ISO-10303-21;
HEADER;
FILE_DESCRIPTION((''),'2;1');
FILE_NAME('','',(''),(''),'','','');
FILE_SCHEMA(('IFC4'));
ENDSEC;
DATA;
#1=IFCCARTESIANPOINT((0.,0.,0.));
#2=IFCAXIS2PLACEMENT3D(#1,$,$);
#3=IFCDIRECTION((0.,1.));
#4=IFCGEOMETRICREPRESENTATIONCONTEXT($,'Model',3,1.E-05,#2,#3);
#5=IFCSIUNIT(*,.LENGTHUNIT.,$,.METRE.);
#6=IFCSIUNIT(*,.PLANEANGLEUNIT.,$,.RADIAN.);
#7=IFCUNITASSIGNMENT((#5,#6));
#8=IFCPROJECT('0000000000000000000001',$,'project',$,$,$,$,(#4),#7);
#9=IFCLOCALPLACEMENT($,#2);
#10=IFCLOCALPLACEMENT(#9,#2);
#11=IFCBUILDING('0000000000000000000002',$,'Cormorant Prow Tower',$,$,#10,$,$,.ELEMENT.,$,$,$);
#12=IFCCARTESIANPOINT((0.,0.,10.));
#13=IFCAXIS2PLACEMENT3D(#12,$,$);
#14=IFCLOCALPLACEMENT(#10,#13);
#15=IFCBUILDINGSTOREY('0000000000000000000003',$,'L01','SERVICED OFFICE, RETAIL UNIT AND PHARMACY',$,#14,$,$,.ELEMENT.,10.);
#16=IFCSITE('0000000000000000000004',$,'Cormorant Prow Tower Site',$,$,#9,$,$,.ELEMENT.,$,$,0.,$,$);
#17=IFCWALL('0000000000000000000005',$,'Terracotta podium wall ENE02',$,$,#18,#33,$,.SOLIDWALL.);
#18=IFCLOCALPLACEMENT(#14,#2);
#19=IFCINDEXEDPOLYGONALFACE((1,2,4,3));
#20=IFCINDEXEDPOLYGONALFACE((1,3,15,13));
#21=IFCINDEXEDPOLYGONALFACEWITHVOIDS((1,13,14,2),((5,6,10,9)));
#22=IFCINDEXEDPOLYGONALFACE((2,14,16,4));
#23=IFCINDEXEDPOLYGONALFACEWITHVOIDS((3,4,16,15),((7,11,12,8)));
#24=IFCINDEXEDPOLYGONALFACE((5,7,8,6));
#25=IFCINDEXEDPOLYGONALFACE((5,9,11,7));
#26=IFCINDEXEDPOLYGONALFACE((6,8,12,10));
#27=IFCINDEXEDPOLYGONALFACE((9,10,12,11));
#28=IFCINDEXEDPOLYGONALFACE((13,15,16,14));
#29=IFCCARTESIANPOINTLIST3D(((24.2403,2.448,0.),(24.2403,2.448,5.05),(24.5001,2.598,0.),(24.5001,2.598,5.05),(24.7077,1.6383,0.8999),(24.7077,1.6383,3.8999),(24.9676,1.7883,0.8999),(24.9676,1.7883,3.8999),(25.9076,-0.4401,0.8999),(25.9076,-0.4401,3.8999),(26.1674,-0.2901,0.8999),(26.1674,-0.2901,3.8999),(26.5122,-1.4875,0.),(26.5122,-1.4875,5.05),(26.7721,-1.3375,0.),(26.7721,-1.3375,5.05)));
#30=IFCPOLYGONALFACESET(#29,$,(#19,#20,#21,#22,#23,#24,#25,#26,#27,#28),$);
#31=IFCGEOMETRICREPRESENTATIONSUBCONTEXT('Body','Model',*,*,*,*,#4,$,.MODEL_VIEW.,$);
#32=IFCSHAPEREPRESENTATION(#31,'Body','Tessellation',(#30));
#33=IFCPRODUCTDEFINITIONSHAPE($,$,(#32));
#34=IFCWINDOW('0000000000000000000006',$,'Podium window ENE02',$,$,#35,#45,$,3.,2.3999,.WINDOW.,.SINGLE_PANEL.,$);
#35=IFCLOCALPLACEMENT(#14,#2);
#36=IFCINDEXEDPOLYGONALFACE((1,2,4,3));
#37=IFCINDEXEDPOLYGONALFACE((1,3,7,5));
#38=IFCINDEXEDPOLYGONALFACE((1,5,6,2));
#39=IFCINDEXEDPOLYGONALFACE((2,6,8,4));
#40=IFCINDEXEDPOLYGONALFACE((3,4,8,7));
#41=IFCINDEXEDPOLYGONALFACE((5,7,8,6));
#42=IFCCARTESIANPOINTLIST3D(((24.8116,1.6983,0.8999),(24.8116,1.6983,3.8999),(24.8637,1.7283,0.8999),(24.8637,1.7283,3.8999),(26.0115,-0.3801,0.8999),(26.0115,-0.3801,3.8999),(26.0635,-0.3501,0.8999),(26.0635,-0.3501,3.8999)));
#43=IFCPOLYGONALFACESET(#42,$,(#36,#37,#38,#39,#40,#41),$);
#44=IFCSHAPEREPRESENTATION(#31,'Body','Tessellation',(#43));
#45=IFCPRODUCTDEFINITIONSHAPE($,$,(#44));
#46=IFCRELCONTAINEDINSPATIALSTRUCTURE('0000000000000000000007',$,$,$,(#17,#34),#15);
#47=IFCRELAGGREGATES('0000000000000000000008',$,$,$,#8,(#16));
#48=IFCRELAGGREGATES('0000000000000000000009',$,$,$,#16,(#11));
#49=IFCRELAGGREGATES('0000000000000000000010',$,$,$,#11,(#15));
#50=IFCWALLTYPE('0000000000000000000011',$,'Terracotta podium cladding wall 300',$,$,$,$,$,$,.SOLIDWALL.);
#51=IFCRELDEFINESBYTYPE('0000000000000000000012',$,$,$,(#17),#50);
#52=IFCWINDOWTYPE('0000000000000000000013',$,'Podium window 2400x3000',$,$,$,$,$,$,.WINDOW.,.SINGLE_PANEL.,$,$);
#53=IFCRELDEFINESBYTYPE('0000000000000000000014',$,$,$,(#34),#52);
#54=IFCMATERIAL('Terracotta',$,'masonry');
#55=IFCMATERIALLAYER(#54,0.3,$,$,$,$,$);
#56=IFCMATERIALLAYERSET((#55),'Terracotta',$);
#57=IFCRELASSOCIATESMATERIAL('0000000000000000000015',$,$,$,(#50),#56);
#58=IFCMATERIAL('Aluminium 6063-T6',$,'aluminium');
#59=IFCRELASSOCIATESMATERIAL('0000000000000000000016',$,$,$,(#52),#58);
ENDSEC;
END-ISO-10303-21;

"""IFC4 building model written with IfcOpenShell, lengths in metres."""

from ifc_helpers import new_model, si_unit, direction, frame, frame_2d, origin, place, context, subcontext, project, spatial, rectangle, extrude, material, layer, layer_set, type_object, element, fill, save


model = new_model("IFC4")

# Units and contexts
model_context = context("Model", 3, precision=1e-05, world=origin(), true_north=direction((0.0, 1.0)))
body_context = subcontext(model_context, "Body", "Model", "MODEL_VIEW")
ifc_project = project(units=[si_unit("LENGTHUNIT", "METRE"), si_unit("PLANEANGLEUNIT", "RADIAN")], contexts=[model_context])

# Site, building, storey
site_placement = place(None, origin())
site = spatial("IfcSite", under=ifc_project, at=site_placement, Name="Cormorant Prow Tower Site", CompositionType="ELEMENT", RefElevation=0.0)
building_placement = place(site_placement, origin())
building = spatial("IfcBuilding", under=site, at=building_placement, Name="Cormorant Prow Tower", CompositionType="ELEMENT")
storey_placement = place(building_placement, frame((0.0, 0.0, 10.0)))
storey = spatial("IfcBuildingStorey", under=building, at=storey_placement, Name="L01", Description="SERVICED OFFICE, RETAIL UNIT AND PHARMACY", CompositionType="ELEMENT", Elevation=10.0)

# Wall, opening, window
ifc_material_1 = material(Name="Terracotta", Category="masonry")
ifc_layer_1 = layer(ifc_material_1, 0.3)
ifc_layer_set_1 = layer_set([ifc_layer_1], Name="Terracotta")
wall_type_1 = type_object("IfcWallType", Name="Terracotta podium cladding wall 300", PredefinedType="SOLIDWALL", material=ifc_layer_set_1)
ifc_material_2 = material(Name="Aluminium 6063-T6", Category="aluminium")
window_type = type_object("IfcWindowType", Name="Podium window 2400x3000", PartitioningType="SINGLE_PANEL", PredefinedType="WINDOW", material=ifc_material_2)
wall_1_placement = place(storey_placement, frame((26.6421, -1.4124, 0.0), z_axis=(0.0, 0.0, 1.0), x_axis=(-0.499964, 0.866046, 0.0)))
wall_1 = element("IfcWall", 1, at=wall_1_placement, inside=storey, type_object=wall_type_1, Name="Terracotta podium wall ENE02", PredefinedType="SOLIDWALL", context=body_context, shape_type="SweptSolid", body=[
    extrude(rectangle(XDim=4.5442, YDim=0.3, at=frame_2d((2.272, 0.0))), origin(), (0.0, 0.0, 1.0), 5.05),
])
opening_1_placement = place(wall_1_placement, frame((1.2092, 0.0, 0.8999)))
opening_1 = element("IfcOpeningElement", 2, at=opening_1_placement, cuts=wall_1, PredefinedType="OPENING", context=body_context, shape_type="SweptSolid", body=[
    extrude(rectangle(XDim=2.3999, YDim=3.0, at=frame_2d((1.2, 1.5))), frame((0.0, 0.1599, 0.0), z_axis=(0.0, -1.0, 0.0), x_axis=(1.0, 0.0, 0.0)), (0.0, 0.0, 1.0), 0.3201),
])
window_1_placement = place(opening_1_placement, origin())
window_1 = element("IfcWindow", 3, at=window_1_placement, inside=storey, type_object=window_type, Name="Podium window ENE02", OverallHeight=3.0, OverallWidth=2.3999, PartitioningType="SINGLE_PANEL", PredefinedType="WINDOW", context=body_context, shape_type="SweptSolid", body=[
    extrude(rectangle(XDim=2.3999, YDim=3.0, at=frame_2d((1.2, 1.5))), frame((0.0, 0.03, 0.0), z_axis=(0.0, -1.0, 0.0), x_axis=(1.0, 0.0, 0.0)), (0.0, 0.0, 1.0), 0.0601),
])
fill(opening_1, window_1)

save(model, "model.ifc")
